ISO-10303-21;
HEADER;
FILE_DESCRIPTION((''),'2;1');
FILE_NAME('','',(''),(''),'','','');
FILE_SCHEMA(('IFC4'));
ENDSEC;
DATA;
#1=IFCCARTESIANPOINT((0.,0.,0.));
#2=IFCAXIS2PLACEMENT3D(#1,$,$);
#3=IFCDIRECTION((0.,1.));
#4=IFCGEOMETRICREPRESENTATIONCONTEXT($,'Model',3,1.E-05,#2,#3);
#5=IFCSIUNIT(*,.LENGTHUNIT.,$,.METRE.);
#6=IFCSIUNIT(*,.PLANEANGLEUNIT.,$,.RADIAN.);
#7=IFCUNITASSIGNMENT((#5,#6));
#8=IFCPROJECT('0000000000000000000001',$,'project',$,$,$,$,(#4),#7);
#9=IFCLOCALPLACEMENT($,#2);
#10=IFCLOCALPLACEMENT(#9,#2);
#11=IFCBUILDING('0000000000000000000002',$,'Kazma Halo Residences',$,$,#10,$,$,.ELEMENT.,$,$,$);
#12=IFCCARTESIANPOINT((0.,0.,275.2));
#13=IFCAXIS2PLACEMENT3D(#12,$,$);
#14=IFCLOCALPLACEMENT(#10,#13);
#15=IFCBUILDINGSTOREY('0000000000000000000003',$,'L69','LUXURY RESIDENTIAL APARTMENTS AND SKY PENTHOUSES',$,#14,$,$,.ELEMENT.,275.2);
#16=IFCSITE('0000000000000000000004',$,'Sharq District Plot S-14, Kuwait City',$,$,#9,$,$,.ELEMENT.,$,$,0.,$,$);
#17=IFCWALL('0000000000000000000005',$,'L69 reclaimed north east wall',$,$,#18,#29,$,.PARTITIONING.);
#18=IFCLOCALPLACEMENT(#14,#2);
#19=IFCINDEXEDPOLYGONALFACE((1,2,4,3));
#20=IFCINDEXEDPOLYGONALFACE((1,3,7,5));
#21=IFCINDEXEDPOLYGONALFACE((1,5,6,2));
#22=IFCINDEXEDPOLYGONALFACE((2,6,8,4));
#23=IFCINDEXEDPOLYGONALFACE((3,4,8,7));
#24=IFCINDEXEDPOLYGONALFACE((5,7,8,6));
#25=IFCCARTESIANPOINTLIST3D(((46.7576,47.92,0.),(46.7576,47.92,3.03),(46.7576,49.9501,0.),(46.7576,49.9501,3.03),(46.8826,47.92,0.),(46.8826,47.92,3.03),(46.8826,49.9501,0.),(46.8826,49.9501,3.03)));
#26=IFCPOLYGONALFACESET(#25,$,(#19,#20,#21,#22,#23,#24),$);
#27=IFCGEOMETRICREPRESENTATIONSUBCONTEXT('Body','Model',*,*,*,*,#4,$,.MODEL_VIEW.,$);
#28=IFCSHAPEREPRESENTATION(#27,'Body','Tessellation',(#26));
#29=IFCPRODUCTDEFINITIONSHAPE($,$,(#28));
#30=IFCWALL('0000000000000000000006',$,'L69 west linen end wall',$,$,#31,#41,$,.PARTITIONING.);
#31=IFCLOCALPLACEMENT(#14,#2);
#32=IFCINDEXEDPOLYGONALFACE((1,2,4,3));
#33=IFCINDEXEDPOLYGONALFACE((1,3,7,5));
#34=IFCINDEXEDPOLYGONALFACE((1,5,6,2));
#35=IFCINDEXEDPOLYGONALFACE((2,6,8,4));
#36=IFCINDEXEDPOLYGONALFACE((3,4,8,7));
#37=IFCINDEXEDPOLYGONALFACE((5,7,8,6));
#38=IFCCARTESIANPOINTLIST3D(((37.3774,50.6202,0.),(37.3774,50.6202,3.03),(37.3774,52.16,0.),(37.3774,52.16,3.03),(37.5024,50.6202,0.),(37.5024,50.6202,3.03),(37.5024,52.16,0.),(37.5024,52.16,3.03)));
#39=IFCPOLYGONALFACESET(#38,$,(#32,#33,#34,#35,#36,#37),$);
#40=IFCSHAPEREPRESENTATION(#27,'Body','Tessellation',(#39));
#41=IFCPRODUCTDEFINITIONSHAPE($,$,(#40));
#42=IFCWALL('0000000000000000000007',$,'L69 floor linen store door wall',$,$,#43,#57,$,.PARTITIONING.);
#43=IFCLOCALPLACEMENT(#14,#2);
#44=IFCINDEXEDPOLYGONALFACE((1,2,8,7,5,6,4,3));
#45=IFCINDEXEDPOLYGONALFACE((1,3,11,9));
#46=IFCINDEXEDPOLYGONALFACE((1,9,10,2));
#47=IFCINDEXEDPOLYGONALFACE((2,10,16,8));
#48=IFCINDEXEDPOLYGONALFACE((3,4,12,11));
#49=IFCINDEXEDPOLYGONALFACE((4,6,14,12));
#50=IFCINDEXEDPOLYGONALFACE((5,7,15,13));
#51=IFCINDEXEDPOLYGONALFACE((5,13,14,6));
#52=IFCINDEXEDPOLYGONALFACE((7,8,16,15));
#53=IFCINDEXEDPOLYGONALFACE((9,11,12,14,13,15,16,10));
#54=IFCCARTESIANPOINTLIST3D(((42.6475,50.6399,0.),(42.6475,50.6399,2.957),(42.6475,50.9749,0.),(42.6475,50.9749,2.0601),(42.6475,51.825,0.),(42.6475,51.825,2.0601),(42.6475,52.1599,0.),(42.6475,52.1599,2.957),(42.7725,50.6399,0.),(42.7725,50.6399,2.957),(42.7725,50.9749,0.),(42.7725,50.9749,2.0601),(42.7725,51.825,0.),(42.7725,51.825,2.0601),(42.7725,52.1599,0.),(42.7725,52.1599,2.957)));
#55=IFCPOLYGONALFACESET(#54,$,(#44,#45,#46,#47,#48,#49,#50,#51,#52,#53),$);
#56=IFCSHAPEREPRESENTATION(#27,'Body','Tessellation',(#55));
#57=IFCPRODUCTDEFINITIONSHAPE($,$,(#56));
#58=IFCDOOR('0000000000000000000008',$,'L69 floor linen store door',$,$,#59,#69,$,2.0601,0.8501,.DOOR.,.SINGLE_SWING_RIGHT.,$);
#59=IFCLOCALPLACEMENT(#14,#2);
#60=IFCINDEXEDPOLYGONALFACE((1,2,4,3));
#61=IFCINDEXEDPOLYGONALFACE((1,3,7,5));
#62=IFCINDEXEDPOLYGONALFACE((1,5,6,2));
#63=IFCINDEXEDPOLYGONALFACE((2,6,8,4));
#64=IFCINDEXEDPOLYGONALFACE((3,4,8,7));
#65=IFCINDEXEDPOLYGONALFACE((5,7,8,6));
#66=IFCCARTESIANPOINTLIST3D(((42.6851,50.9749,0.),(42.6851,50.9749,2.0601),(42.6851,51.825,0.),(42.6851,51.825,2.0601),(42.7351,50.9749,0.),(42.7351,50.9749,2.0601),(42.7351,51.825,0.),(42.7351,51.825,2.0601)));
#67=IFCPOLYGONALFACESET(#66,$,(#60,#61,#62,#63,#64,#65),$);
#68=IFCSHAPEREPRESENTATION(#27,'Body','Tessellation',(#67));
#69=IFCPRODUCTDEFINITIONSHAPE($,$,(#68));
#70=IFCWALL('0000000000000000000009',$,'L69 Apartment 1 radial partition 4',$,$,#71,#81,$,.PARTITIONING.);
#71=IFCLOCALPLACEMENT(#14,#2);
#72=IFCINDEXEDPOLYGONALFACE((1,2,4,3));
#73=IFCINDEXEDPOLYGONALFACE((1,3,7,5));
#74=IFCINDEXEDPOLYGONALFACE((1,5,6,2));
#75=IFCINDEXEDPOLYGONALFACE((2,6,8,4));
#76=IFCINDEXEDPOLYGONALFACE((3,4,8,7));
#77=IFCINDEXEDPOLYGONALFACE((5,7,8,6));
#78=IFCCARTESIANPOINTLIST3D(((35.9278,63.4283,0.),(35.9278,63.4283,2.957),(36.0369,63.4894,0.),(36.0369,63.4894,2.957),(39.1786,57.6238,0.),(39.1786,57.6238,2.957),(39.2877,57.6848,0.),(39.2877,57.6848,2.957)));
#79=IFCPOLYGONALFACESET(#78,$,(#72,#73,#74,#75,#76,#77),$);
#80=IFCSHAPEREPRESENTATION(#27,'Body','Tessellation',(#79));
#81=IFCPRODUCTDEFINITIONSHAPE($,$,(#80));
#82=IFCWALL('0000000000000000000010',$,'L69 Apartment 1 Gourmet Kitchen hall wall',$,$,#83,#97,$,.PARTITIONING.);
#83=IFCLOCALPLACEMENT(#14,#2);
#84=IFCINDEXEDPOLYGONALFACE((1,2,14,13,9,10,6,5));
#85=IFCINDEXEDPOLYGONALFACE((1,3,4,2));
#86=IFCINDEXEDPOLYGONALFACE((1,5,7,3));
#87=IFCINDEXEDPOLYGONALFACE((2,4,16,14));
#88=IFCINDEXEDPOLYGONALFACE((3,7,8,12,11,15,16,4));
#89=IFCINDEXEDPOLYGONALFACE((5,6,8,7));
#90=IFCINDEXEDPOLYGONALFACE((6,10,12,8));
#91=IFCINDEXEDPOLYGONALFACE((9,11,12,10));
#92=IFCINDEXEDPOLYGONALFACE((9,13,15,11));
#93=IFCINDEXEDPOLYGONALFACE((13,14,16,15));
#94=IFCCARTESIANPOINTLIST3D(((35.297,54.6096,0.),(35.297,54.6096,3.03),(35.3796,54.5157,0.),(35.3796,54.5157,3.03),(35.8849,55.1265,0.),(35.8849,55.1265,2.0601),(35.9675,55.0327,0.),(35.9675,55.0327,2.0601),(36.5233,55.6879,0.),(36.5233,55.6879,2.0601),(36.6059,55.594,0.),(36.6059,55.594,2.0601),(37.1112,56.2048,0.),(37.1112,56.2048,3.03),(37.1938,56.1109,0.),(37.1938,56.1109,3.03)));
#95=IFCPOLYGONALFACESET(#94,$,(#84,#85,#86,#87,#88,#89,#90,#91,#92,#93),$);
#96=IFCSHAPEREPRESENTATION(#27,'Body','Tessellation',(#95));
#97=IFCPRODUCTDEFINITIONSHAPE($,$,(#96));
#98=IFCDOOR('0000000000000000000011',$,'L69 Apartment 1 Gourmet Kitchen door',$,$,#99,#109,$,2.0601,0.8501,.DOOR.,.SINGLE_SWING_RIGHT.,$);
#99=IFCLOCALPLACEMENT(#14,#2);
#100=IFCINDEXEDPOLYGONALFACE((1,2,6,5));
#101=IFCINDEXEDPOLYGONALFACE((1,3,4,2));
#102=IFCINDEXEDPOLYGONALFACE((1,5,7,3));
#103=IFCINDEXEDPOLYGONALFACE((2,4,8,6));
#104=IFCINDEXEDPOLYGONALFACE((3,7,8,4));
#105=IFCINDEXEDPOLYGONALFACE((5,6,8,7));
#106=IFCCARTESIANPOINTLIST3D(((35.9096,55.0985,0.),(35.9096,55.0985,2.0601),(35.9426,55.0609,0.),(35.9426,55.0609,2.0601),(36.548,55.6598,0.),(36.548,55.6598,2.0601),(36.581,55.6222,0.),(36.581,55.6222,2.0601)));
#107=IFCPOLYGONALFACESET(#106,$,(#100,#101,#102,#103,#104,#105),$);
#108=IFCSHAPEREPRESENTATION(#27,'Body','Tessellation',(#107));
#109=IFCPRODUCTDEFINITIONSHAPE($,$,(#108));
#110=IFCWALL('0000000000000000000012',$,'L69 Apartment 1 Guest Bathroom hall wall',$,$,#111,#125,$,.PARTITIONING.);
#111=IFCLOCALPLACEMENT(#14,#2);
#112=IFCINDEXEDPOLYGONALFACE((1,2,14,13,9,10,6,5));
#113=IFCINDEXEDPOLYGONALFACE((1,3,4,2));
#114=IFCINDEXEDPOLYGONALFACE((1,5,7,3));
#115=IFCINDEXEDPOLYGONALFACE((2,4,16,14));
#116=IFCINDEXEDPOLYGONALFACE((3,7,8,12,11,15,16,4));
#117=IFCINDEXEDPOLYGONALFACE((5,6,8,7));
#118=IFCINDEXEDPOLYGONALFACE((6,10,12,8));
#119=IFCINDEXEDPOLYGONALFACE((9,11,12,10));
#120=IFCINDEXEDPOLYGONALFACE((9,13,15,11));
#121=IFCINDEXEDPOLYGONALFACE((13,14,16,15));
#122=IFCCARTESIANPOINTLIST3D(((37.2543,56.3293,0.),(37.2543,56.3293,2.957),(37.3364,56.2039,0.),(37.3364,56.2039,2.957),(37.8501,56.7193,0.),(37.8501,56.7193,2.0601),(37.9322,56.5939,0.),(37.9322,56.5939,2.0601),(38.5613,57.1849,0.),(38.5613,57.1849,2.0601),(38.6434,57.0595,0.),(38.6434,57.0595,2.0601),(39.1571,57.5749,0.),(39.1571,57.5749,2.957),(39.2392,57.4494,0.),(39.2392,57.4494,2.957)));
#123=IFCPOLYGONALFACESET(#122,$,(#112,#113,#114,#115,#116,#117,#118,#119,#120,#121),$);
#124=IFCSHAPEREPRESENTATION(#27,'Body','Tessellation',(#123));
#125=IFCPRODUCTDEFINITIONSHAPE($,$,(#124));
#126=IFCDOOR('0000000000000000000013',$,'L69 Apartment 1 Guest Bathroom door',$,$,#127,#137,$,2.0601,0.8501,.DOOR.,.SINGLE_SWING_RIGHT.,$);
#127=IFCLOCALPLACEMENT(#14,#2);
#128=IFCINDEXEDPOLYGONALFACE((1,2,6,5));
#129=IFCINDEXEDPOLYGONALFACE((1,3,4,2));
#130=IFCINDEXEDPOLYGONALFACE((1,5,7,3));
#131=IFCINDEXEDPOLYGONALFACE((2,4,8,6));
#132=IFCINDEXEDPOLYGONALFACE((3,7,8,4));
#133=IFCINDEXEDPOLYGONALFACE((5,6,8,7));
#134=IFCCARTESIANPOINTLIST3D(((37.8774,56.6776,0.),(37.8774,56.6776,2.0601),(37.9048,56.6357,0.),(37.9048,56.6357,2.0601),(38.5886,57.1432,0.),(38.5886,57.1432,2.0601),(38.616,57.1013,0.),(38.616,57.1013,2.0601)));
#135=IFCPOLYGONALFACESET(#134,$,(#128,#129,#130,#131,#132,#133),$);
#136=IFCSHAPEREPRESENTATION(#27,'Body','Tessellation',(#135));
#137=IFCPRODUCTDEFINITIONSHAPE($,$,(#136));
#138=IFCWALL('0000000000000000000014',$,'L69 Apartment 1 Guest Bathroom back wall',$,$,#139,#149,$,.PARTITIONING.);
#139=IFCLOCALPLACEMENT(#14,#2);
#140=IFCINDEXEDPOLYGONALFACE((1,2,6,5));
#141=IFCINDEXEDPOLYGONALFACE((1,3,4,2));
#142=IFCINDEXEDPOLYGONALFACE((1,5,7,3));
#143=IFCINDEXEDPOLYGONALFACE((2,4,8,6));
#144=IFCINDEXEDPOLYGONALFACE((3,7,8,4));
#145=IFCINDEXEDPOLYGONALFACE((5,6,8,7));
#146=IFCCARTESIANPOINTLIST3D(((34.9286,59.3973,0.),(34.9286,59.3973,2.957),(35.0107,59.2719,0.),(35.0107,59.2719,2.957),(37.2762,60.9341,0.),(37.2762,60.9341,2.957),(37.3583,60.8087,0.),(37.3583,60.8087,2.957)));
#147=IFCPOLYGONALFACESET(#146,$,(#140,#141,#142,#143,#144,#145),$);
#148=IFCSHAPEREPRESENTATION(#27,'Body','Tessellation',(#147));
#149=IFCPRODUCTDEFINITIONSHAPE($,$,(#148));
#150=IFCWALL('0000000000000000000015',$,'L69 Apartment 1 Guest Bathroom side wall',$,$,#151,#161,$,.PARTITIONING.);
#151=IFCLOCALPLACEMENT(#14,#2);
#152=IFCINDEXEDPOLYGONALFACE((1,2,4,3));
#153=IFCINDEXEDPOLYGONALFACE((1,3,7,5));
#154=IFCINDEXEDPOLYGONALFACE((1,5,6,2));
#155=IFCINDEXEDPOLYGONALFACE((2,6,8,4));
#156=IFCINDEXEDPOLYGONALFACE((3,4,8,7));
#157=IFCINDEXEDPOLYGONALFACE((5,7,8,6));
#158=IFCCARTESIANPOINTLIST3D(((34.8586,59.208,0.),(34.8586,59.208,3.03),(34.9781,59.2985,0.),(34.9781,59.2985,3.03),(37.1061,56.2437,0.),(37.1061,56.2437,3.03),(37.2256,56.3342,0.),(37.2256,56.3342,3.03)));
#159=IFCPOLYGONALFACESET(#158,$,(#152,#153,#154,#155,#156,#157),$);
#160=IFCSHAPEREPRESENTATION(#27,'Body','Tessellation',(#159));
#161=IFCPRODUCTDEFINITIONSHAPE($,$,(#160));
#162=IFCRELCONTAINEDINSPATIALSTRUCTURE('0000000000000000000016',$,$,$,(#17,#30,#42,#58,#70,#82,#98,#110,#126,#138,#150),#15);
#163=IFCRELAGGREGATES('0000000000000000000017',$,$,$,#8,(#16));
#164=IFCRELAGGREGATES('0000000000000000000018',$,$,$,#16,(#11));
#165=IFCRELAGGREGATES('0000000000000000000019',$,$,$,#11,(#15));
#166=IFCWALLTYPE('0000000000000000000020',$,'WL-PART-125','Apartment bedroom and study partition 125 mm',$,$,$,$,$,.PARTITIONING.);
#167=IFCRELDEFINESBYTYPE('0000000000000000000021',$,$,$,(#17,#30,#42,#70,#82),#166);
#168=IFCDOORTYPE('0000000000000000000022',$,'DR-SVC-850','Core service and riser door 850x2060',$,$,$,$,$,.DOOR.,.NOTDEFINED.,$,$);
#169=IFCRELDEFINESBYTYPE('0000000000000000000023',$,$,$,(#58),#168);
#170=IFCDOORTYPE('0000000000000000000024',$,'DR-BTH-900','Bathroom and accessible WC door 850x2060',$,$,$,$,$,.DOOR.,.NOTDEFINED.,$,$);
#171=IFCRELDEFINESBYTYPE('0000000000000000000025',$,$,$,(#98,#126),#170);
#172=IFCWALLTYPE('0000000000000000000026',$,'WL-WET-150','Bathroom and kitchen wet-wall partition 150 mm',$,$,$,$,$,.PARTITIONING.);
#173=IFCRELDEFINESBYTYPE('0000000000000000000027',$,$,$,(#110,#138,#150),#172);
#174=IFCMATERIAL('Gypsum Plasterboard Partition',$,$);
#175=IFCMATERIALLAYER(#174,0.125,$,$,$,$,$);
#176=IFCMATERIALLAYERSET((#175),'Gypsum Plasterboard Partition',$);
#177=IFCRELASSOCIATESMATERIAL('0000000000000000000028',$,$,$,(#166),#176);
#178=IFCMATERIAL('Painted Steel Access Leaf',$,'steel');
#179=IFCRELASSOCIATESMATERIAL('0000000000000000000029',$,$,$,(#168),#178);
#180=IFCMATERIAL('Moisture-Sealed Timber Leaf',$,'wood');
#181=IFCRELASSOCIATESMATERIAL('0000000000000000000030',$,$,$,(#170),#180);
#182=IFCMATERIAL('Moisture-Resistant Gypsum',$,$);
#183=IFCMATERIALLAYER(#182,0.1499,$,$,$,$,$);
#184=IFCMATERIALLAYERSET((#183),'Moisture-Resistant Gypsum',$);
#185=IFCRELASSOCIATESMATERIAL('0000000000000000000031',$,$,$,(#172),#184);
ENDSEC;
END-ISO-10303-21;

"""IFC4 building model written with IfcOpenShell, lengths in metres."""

from ifc_helpers import new_model, si_unit, direction, frame, frame_2d, origin, place, context, subcontext, project, spatial, rectangle, extrude, material, layer, layer_set, type_object, element, fill, save


model = new_model("IFC4")

# Units and contexts
model_context = context("Model", 3, precision=1e-05, world=origin(), true_north=direction((0.0, 1.0)))
body_context = subcontext(model_context, "Body", "Model", "MODEL_VIEW")
ifc_project = project(units=[si_unit("LENGTHUNIT", "METRE"), si_unit("PLANEANGLEUNIT", "RADIAN")], contexts=[model_context])

# Site, building, storey
site_placement = place(None, origin())
site = spatial("IfcSite", under=ifc_project, at=site_placement, Name="Sharq District Plot S-14, Kuwait City", CompositionType="ELEMENT", RefElevation=0.0)
building_placement = place(site_placement, origin())
building = spatial("IfcBuilding", under=site, at=building_placement, Name="Kazma Halo Residences", CompositionType="ELEMENT")
storey_placement = place(building_placement, frame((0.0, 0.0, 275.2)))
storey = spatial("IfcBuildingStorey", under=building, at=storey_placement, Name="L69", Description="LUXURY RESIDENTIAL APARTMENTS AND SKY PENTHOUSES", CompositionType="ELEMENT", Elevation=275.2)

# Walls
ifc_material_1 = material(Name="Gypsum Plasterboard Partition")
ifc_layer_1 = layer(ifc_material_1, 0.125)
ifc_layer_set_1 = layer_set([ifc_layer_1], Name="Gypsum Plasterboard Partition")
wall_type_1 = type_object("IfcWallType", Name="WL-PART-125", Description="Apartment bedroom and study partition 125 mm", PredefinedType="PARTITIONING", material=ifc_layer_set_1)
wall_1_placement = place(storey_placement, frame((46.8201, 47.9199, 0.0), z_axis=(0.0, 0.0, 1.0), x_axis=(0.0, 1.0, 0.0)))
element("IfcWall", 1, at=wall_1_placement, inside=storey, type_object=wall_type_1, Name="L69 reclaimed north east wall", PredefinedType="PARTITIONING", context=body_context, shape_type="SweptSolid", body=[
    extrude(rectangle(XDim=2.03, YDim=0.125, at=frame_2d((1.0151, 0.0))), origin(), (0.0, 0.0, 1.0), 3.03),
])
wall_2_placement = place(storey_placement, frame((37.4399, 50.6201, 0.0), z_axis=(0.0, 0.0, 1.0), x_axis=(0.0, 1.0, 0.0)))
element("IfcWall", 2, at=wall_2_placement, inside=storey, type_object=wall_type_1, Name="L69 west linen end wall", PredefinedType="PARTITIONING", context=body_context, shape_type="SweptSolid", body=[
    extrude(rectangle(XDim=1.5398, YDim=0.125, at=frame_2d((0.77, 0.0))), origin(), (0.0, 0.0, 1.0), 3.03),
])

# Wall, opening, door
wall_3_placement = place(storey_placement, frame((42.71, 50.6399, 0.0), z_axis=(0.0, 0.0, 1.0), x_axis=(0.0, 1.0, 0.0)))
wall_3 = element("IfcWall", 3, at=wall_3_placement, inside=storey, type_object=wall_type_1, Name="L69 floor linen store door wall", PredefinedType="PARTITIONING", context=body_context, shape_type="SweptSolid", body=[
    extrude(rectangle(XDim=1.52, YDim=0.125, at=frame_2d((0.76, 0.0))), origin(), (0.0, 0.0, 1.0), 2.957),
])
opening_1_placement = place(wall_3_placement, frame((0.335, 0.0, 0.0)))
opening_1 = element("IfcOpeningElement", 4, at=opening_1_placement, cuts=wall_3, PredefinedType="OPENING", context=body_context, shape_type="SweptSolid", body=[
    extrude(rectangle(XDim=0.8501, YDim=2.0601, at=frame_2d((0.425, 1.03))), frame((0.0, 0.0725, 0.0), z_axis=(0.0, -1.0, 0.0), x_axis=(1.0, 0.0, 0.0)), (0.0, 0.0, 1.0), 0.145),
])
ifc_material_2 = material(Name="Painted Steel Access Leaf", Category="steel")
door_type_1 = type_object("IfcDoorType", Name="DR-SVC-850", Description="Core service and riser door 850x2060", OperationType="NOTDEFINED", PredefinedType="DOOR", material=ifc_material_2)
door_1_placement = place(opening_1_placement, origin())
door_1 = element("IfcDoor", 5, at=door_1_placement, inside=storey, type_object=door_type_1, Name="L69 floor linen store door", OperationType="SINGLE_SWING_RIGHT", OverallHeight=2.0601, OverallWidth=0.8501, PredefinedType="DOOR", context=body_context, shape_type="SweptSolid", body=[
    extrude(rectangle(XDim=0.8501, YDim=2.0601, at=frame_2d((0.425, 1.03))), frame((0.0, 0.0249, 0.0), z_axis=(0.0, -1.0, 0.0), x_axis=(1.0, 0.0, 0.0)), (0.0, 0.0, 1.0), 0.05),
])
fill(opening_1, door_1)

# Wall
wall_4_placement = place(storey_placement, frame((39.2332, 57.6543, 0.0), z_axis=(0.0, 0.0, 1.0), x_axis=(-0.488631, 0.87249, 0.0)))
element("IfcWall", 6, at=wall_4_placement, inside=storey, type_object=wall_type_1, Name="L69 Apartment 1 radial partition 4", PredefinedType="PARTITIONING", context=body_context, shape_type="SweptSolid", body=[
    extrude(rectangle(XDim=6.6528, YDim=0.125, at=frame_2d((3.3264, 0.0))), origin(), (0.0, 0.0, 1.0), 2.957),
])

# Walls, openings, doors
wall_5_placement = place(storey_placement, frame((37.1526, 56.158, 0.0), z_axis=(0.0, 0.0, 1.0), x_axis=(-0.750978, -0.660327, 0.0)))
wall_5 = element("IfcWall", 7, at=wall_5_placement, inside=storey, type_object=wall_type_1, Name="L69 Apartment 1 Gourmet Kitchen hall wall", PredefinedType="PARTITIONING", context=body_context, shape_type="SweptSolid", body=[
    extrude(rectangle(XDim=2.4158, YDim=0.125, at=frame_2d((1.208, 0.0))), origin(), (0.0, 0.0, 1.0), 3.03),
])
opening_2_placement = place(wall_5_placement, frame((0.783, 0.0, 0.0)))
opening_2 = element("IfcOpeningElement", 8, at=opening_2_placement, cuts=wall_5, PredefinedType="OPENING", context=body_context, shape_type="SweptSolid", body=[
    extrude(rectangle(XDim=0.8501, YDim=2.0601, at=frame_2d((0.425, 1.03))), frame((0.0, 0.0725, 0.0), z_axis=(0.0, -1.0, 0.0), x_axis=(1.0, 0.0, 0.0)), (0.0, 0.0, 1.0), 0.145),
])
ifc_material_3 = material(Name="Moisture-Sealed Timber Leaf", Category="wood")
door_type_2 = type_object("IfcDoorType", Name="DR-BTH-900", Description="Bathroom and accessible WC door 850x2060", OperationType="NOTDEFINED", PredefinedType="DOOR", material=ifc_material_3)
door_2_placement = place(opening_2_placement, origin())
door_2 = element("IfcDoor", 9, at=door_2_placement, inside=storey, type_object=door_type_2, Name="L69 Apartment 1 Gourmet Kitchen door", OperationType="SINGLE_SWING_RIGHT", OverallHeight=2.0601, OverallWidth=0.8501, PredefinedType="DOOR", context=body_context, shape_type="SweptSolid", body=[
    extrude(rectangle(XDim=0.8501, YDim=2.0601, at=frame_2d((0.425, 1.03))), frame((0.0, 0.0249, 0.0), z_axis=(0.0, -1.0, 0.0), x_axis=(1.0, 0.0, 0.0)), (0.0, 0.0, 1.0), 0.05),
])
fill(opening_2, door_2)
ifc_material_4 = material(Name="Moisture-Resistant Gypsum")
ifc_layer_2 = layer(ifc_material_4, 0.1499)
ifc_layer_set_2 = layer_set([ifc_layer_2], Name="Moisture-Resistant Gypsum")
wall_type_2 = type_object("IfcWallType", Name="WL-WET-150", Description="Bathroom and kitchen wet-wall partition 150 mm", PredefinedType="PARTITIONING", material=ifc_layer_set_2)
wall_6_placement = place(storey_placement, frame((39.1982, 57.5122, 0.0), z_axis=(0.0, 0.0, 1.0), x_axis=(-0.836678, -0.547695, 0.0)))
wall_6 = element("IfcWall", 10, at=wall_6_placement, inside=storey, type_object=wall_type_2, Name="L69 Apartment 1 Guest Bathroom hall wall", PredefinedType="PARTITIONING", context=body_context, shape_type="SweptSolid", body=[
    extrude(rectangle(XDim=2.2742, YDim=0.1499, at=frame_2d((1.1372, 0.0))), origin(), (0.0, 0.0, 1.0), 2.957),
])
opening_3_placement = place(wall_6_placement, frame((0.7122, 0.0, 0.0)))
opening_3 = element("IfcOpeningElement", 11, at=opening_3_placement, cuts=wall_6, PredefinedType="OPENING", context=body_context, shape_type="SweptSolid", body=[
    extrude(rectangle(XDim=0.8501, YDim=2.0601, at=frame_2d((0.425, 1.03))), frame((0.0, 0.085, 0.0), z_axis=(0.0, -1.0, 0.0), x_axis=(1.0, 0.0, 0.0)), (0.0, 0.0, 1.0), 0.1699),
])
door_3_placement = place(opening_3_placement, origin())
door_3 = element("IfcDoor", 12, at=door_3_placement, inside=storey, type_object=door_type_2, Name="L69 Apartment 1 Guest Bathroom door", OperationType="SINGLE_SWING_RIGHT", OverallHeight=2.0601, OverallWidth=0.8501, PredefinedType="DOOR", context=body_context, shape_type="SweptSolid", body=[
    extrude(rectangle(XDim=0.8501, YDim=2.0601, at=frame_2d((0.425, 1.03))), frame((0.0, 0.0249, 0.0), z_axis=(0.0, -1.0, 0.0), x_axis=(1.0, 0.0, 0.0)), (0.0, 0.0, 1.0), 0.05),
])
fill(opening_3, door_3)

# Walls
wall_7_placement = place(storey_placement, frame((37.3171, 60.8713, 0.0), z_axis=(0.0, 0.0, 1.0), x_axis=(-0.836666, -0.547713, 0.0)))
element("IfcWall", 13, at=wall_7_placement, inside=storey, type_object=wall_type_2, Name="L69 Apartment 1 Guest Bathroom back wall", PredefinedType="PARTITIONING", context=body_context, shape_type="SweptSolid", body=[
    extrude(rectangle(XDim=2.8059, YDim=0.1499, at=frame_2d((1.4028, 0.0))), origin(), (0.0, 0.0, 1.0), 2.957),
])
wall_8_placement = place(storey_placement, frame((37.1658, 56.2891, 0.0), z_axis=(0.0, 0.0, 1.0), x_axis=(-0.604171, 0.796855, 0.0)))
element("IfcWall", 14, at=wall_8_placement, inside=storey, type_object=wall_type_2, Name="L69 Apartment 1 Guest Bathroom side wall", PredefinedType="PARTITIONING", context=body_context, shape_type="SweptSolid", body=[
    extrude(rectangle(XDim=3.72, YDim=0.1499, at=frame_2d((1.8599, 0.0))), origin(), (0.0, 0.0, 1.0), 3.03),
])

save(model, "model.ifc")
